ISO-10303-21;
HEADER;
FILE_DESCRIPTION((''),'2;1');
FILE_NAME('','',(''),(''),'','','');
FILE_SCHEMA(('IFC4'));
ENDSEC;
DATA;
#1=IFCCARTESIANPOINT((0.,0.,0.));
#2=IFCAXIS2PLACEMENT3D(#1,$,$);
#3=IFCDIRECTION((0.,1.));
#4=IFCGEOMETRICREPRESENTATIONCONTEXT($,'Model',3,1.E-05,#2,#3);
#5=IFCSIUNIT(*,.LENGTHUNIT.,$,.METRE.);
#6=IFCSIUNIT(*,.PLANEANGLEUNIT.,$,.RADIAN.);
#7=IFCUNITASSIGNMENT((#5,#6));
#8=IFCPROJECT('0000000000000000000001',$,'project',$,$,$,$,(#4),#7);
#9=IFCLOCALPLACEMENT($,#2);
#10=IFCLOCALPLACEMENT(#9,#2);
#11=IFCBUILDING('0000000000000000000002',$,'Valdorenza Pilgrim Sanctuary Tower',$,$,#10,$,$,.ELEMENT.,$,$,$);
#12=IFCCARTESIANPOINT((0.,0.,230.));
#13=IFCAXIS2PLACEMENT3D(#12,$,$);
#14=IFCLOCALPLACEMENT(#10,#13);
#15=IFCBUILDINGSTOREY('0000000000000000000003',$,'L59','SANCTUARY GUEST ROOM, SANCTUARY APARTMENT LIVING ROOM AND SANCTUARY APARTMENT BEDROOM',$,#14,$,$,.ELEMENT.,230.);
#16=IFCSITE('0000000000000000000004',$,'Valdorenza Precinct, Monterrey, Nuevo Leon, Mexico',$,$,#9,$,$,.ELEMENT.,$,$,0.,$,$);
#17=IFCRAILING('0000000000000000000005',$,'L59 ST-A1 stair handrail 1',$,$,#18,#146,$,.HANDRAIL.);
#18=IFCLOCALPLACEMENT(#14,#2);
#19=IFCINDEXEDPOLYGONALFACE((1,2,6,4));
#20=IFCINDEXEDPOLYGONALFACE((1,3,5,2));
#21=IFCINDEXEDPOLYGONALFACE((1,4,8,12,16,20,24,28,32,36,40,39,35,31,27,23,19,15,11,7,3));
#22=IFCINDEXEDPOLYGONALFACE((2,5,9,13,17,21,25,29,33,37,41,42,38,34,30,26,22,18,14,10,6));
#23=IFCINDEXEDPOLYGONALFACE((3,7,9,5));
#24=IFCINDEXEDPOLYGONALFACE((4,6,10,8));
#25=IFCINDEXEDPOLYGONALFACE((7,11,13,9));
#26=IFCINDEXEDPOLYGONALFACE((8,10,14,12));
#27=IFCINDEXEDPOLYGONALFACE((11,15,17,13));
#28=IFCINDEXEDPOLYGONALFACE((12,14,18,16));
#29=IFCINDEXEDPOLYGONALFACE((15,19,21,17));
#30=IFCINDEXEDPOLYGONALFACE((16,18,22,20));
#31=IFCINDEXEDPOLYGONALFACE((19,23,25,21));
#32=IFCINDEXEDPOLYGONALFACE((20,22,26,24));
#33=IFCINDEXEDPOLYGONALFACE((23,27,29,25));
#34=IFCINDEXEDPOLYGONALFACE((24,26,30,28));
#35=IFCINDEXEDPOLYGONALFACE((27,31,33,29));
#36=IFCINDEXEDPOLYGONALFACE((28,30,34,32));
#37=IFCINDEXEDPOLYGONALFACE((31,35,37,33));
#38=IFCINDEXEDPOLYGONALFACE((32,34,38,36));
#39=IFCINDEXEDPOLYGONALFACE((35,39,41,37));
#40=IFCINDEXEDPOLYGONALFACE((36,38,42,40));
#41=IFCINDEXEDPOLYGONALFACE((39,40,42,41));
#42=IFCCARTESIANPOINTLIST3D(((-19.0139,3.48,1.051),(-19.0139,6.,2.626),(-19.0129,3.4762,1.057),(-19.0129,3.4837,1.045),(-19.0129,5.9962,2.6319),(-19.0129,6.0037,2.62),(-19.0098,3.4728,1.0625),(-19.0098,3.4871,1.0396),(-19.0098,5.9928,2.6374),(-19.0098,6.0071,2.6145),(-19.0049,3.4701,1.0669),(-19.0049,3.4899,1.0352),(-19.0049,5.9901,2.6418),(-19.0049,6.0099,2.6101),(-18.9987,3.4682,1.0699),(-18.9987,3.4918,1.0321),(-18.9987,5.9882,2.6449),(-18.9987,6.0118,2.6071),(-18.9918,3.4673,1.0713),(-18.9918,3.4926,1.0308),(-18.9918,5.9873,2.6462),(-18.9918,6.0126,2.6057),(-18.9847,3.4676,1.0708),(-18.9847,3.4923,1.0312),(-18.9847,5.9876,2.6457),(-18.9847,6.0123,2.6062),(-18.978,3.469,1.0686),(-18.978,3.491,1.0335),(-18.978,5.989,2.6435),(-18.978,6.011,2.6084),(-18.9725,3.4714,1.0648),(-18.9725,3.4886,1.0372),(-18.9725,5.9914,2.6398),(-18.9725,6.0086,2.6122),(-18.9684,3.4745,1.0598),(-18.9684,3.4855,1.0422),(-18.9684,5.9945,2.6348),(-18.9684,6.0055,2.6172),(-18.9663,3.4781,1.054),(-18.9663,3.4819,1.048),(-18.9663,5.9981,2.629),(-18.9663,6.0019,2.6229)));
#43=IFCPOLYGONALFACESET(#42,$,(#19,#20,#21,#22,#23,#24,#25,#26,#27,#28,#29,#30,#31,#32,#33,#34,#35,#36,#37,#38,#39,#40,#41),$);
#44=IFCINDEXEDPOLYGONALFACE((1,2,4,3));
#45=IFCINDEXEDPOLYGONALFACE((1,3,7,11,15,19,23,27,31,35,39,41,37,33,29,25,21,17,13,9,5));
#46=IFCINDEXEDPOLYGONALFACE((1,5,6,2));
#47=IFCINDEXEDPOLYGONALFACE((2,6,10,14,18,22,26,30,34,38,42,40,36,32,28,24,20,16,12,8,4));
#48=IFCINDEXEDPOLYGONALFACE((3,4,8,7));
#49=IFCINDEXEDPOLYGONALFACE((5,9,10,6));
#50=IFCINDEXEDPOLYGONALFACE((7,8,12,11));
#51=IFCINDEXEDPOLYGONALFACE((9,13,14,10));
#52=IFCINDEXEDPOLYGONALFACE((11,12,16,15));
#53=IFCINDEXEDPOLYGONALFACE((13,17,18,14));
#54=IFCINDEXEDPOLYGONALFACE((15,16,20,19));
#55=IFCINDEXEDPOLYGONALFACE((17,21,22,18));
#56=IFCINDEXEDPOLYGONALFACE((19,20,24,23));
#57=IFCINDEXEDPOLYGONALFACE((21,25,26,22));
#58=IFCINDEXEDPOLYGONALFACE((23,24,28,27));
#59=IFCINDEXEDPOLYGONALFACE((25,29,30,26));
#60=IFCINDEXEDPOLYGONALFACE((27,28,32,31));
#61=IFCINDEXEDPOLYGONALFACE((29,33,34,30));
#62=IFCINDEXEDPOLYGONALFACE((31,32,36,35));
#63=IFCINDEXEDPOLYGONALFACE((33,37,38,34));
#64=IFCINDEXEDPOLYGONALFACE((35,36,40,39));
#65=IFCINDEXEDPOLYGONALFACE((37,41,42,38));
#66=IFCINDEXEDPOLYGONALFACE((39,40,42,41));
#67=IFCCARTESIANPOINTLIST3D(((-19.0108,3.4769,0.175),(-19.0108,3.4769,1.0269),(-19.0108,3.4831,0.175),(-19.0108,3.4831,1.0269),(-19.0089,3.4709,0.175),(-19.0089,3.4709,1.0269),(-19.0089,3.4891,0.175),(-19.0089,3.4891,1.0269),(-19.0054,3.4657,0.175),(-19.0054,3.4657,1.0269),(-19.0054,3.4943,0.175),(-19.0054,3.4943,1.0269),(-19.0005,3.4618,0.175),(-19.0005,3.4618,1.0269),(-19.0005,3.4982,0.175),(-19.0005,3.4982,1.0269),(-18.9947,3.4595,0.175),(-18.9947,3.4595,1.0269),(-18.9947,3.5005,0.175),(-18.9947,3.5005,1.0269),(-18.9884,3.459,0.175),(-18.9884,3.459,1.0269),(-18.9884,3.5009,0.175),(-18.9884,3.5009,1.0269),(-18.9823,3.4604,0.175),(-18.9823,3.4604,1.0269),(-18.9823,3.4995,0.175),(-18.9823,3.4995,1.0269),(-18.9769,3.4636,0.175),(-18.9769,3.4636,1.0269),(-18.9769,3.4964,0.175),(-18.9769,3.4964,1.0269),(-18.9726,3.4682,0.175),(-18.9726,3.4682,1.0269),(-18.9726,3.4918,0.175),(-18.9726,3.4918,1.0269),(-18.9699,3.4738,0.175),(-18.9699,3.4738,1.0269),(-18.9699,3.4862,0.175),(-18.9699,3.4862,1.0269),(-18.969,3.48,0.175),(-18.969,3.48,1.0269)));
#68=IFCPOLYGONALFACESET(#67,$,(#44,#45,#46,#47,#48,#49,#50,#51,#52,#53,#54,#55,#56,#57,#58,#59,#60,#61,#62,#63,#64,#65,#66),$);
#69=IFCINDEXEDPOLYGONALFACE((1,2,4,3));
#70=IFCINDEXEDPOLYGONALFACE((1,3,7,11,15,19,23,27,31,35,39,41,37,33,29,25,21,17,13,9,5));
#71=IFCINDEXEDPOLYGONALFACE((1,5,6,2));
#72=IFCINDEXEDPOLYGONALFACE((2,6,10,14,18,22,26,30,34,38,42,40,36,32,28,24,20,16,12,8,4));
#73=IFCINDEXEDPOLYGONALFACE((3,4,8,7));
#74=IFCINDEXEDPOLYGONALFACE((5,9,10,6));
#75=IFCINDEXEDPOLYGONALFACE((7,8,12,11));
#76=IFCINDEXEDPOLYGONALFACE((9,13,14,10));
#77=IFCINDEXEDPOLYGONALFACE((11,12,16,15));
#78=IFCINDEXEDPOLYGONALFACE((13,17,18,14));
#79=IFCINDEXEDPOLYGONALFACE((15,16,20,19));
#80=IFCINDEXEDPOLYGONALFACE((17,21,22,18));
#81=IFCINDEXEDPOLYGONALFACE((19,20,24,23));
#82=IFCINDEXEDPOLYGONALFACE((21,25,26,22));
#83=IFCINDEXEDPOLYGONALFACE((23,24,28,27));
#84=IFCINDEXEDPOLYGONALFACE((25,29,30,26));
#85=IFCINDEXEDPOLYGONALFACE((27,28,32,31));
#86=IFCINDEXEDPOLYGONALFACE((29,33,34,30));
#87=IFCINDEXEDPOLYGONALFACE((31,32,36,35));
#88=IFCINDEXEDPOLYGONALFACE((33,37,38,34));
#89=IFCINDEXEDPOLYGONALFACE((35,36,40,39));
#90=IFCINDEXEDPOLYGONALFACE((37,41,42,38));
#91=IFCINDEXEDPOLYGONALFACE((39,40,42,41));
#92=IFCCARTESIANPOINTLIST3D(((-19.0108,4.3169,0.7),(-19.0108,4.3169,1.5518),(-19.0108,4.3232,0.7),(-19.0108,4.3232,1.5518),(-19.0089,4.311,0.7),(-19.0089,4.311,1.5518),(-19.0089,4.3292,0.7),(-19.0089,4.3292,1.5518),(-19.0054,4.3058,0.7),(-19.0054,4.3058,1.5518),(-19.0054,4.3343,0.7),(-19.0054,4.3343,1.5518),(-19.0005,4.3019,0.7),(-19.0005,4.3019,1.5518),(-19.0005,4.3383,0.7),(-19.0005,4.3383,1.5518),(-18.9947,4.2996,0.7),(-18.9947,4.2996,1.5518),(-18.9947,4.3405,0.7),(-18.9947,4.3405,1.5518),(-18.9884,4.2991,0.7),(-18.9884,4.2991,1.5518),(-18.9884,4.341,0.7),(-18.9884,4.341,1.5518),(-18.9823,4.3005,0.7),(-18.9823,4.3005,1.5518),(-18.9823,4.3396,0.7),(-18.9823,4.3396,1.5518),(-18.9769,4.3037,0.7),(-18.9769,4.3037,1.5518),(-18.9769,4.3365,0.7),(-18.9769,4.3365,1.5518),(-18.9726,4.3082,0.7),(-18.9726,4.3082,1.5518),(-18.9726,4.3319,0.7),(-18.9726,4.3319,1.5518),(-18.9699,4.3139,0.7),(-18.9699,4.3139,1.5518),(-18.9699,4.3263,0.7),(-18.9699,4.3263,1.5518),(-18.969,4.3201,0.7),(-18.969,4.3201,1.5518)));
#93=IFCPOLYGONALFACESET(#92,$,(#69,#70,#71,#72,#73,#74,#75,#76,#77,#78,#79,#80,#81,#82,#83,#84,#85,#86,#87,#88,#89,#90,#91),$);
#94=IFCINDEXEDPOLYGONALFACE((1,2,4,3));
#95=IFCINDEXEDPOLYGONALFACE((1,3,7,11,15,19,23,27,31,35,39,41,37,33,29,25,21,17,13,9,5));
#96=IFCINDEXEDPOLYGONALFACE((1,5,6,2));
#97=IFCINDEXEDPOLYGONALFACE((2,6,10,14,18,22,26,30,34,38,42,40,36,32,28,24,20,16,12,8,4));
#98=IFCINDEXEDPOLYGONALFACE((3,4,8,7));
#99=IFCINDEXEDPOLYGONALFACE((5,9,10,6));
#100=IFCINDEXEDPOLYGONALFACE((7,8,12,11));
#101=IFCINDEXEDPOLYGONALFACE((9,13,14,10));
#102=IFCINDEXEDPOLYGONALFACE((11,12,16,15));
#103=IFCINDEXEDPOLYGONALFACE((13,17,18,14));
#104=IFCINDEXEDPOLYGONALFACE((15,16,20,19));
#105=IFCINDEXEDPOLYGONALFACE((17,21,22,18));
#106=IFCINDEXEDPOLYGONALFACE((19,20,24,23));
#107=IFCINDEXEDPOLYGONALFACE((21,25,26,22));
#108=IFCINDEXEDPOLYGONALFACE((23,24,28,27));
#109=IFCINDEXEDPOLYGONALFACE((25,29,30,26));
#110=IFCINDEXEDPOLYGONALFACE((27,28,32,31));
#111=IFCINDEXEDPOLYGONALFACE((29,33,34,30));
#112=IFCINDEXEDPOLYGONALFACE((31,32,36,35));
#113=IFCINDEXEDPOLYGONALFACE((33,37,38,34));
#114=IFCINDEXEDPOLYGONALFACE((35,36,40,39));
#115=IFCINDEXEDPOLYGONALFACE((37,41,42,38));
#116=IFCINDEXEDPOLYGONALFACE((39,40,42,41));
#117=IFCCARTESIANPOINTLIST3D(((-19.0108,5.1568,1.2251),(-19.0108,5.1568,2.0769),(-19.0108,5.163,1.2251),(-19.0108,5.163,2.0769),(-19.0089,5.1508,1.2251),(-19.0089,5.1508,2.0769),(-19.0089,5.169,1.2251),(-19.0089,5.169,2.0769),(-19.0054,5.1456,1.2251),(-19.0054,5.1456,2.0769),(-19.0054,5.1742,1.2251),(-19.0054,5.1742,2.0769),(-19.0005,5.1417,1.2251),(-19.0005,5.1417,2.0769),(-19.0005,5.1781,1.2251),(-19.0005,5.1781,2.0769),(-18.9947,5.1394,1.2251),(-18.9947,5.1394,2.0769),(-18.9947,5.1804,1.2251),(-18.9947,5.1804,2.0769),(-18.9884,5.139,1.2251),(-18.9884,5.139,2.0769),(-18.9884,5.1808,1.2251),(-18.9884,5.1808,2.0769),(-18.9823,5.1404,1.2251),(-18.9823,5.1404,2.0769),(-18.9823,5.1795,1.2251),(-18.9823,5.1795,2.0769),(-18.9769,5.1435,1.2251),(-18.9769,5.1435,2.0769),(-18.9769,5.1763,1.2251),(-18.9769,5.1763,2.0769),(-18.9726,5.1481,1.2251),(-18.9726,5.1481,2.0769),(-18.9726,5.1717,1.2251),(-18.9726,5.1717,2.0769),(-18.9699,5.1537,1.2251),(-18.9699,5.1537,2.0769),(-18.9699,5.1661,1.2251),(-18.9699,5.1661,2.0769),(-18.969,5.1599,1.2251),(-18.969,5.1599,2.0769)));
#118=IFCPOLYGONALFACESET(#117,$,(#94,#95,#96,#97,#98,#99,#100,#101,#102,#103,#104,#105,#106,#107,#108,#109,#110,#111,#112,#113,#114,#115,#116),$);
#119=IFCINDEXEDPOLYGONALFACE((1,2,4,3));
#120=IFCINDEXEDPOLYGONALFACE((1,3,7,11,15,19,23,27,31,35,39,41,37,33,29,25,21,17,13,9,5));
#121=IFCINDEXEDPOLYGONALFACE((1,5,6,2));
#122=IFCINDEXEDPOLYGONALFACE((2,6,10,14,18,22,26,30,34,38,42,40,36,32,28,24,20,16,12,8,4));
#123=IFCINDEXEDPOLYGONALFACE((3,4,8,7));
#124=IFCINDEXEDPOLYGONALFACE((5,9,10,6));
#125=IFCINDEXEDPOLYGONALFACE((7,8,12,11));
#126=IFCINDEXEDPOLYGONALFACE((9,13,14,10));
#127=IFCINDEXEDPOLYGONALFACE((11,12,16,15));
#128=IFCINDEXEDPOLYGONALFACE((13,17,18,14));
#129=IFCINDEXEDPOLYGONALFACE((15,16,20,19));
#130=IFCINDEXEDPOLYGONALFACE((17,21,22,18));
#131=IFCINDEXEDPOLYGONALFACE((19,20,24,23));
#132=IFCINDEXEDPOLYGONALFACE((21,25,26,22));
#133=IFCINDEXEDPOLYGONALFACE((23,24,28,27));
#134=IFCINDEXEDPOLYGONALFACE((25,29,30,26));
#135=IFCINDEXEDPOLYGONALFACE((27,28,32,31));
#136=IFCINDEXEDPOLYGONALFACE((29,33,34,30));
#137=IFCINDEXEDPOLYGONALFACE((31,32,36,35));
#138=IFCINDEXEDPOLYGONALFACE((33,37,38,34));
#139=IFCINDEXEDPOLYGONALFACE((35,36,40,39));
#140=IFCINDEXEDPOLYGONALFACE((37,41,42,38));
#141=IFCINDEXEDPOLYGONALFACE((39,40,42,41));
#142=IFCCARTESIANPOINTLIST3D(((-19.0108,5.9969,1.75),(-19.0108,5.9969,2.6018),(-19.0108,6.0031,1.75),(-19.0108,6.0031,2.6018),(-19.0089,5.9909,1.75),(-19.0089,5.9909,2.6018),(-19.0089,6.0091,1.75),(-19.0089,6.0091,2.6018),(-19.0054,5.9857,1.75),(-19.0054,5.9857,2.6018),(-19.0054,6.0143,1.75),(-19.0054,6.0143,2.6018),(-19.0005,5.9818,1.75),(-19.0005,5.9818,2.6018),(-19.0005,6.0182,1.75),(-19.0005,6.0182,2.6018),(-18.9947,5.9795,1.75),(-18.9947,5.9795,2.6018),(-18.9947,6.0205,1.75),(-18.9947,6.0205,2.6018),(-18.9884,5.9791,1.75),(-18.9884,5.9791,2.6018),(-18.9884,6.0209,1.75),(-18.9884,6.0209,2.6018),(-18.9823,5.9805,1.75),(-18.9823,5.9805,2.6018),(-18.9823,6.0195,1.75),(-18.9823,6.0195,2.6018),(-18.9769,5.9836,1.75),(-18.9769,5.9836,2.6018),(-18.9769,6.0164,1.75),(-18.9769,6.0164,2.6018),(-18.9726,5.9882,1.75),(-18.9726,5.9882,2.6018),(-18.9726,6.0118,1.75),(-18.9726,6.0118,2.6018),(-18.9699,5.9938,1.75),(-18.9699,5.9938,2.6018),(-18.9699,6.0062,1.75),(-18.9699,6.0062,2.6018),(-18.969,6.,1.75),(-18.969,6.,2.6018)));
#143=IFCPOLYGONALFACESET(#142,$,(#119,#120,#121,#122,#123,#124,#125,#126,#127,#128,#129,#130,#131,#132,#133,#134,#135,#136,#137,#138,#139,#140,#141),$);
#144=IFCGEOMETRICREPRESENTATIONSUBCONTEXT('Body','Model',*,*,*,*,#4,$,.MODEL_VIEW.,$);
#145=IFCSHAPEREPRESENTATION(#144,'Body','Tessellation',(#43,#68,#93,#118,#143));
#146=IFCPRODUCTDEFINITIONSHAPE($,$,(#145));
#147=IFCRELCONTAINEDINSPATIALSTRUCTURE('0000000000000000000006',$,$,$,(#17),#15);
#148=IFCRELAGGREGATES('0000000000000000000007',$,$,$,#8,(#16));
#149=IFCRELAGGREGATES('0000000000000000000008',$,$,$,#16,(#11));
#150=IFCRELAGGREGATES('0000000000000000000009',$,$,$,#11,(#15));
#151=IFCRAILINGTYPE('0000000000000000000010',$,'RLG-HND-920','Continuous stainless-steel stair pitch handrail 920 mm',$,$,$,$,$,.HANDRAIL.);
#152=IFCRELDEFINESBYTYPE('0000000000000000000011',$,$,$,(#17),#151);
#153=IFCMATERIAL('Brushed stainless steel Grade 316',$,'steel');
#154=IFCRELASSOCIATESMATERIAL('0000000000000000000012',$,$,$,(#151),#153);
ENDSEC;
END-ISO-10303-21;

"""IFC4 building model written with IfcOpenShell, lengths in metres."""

from ifc_helpers import new_model, si_unit, direction, frame, origin, origin_2d, place, context, subcontext, project, spatial, circle, extrude, material, type_object, element, save


model = new_model("IFC4")

# Units and contexts
model_context = context("Model", 3, precision=1e-05, world=origin(), true_north=direction((0.0, 1.0)))
body_context = subcontext(model_context, "Body", "Model", "MODEL_VIEW")
ifc_project = project(units=[si_unit("LENGTHUNIT", "METRE"), si_unit("PLANEANGLEUNIT", "RADIAN")], contexts=[model_context])

# Site, building, storey
site_placement = place(None, origin())
site = spatial("IfcSite", under=ifc_project, at=site_placement, Name="Valdorenza Precinct, Monterrey, Nuevo Leon, Mexico", CompositionType="ELEMENT", RefElevation=0.0)
building_placement = place(site_placement, origin())
building = spatial("IfcBuilding", under=site, at=building_placement, Name="Valdorenza Pilgrim Sanctuary Tower", CompositionType="ELEMENT")
storey_placement = place(building_placement, frame((0.0, 0.0, 230.0)))
storey = spatial("IfcBuildingStorey", under=building, at=storey_placement, Name="L59", Description="SANCTUARY GUEST ROOM, SANCTUARY APARTMENT LIVING ROOM AND SANCTUARY APARTMENT BEDROOM", CompositionType="ELEMENT", Elevation=230.0)

# Shared definitions
ifc_material_1 = material(Name="Brushed stainless steel Grade 316", Category="steel")

# Railing
railing_type_1 = type_object("IfcRailingType", Name="RLG-HND-920", Description="Continuous stainless-steel stair pitch handrail 920 mm", PredefinedType="HANDRAIL", material=ifc_material_1)
railing_1_placement = place(storey_placement, frame((-18.99, 3.48, 0.175)))
element("IfcRailing", 1, at=railing_1_placement, inside=storey, type_object=railing_type_1, Name="L59 ST-A1 stair handrail 1", PredefinedType="HANDRAIL", context=body_context, shape_type="SweptSolid", body=[
    extrude(circle(Radius=0.0239, at=origin_2d()), frame((0.0, 0.0, 0.876), z_axis=(0.0, 0.848008, 0.529984), x_axis=(-1.0, 0.0, 0.0)), (0.0, 0.0, 1.0), 2.9717),
    extrude(circle(Radius=0.021, at=origin_2d()), origin(), (0.0, 0.0, 1.0), 0.8518),
    extrude(circle(Radius=0.021, at=origin_2d()), frame((0.0, 0.8401, 0.5249)), (0.0, 0.0, 1.0), 0.8518),
    extrude(circle(Radius=0.021, at=origin_2d()), frame((0.0, 1.6799, 1.05)), (0.0, 0.0, 1.0), 0.8518),
    extrude(circle(Radius=0.021, at=origin_2d()), frame((0.0, 2.52, 1.575)), (0.0, 0.0, 1.0), 0.8518),
])

save(model, "model.ifc")
